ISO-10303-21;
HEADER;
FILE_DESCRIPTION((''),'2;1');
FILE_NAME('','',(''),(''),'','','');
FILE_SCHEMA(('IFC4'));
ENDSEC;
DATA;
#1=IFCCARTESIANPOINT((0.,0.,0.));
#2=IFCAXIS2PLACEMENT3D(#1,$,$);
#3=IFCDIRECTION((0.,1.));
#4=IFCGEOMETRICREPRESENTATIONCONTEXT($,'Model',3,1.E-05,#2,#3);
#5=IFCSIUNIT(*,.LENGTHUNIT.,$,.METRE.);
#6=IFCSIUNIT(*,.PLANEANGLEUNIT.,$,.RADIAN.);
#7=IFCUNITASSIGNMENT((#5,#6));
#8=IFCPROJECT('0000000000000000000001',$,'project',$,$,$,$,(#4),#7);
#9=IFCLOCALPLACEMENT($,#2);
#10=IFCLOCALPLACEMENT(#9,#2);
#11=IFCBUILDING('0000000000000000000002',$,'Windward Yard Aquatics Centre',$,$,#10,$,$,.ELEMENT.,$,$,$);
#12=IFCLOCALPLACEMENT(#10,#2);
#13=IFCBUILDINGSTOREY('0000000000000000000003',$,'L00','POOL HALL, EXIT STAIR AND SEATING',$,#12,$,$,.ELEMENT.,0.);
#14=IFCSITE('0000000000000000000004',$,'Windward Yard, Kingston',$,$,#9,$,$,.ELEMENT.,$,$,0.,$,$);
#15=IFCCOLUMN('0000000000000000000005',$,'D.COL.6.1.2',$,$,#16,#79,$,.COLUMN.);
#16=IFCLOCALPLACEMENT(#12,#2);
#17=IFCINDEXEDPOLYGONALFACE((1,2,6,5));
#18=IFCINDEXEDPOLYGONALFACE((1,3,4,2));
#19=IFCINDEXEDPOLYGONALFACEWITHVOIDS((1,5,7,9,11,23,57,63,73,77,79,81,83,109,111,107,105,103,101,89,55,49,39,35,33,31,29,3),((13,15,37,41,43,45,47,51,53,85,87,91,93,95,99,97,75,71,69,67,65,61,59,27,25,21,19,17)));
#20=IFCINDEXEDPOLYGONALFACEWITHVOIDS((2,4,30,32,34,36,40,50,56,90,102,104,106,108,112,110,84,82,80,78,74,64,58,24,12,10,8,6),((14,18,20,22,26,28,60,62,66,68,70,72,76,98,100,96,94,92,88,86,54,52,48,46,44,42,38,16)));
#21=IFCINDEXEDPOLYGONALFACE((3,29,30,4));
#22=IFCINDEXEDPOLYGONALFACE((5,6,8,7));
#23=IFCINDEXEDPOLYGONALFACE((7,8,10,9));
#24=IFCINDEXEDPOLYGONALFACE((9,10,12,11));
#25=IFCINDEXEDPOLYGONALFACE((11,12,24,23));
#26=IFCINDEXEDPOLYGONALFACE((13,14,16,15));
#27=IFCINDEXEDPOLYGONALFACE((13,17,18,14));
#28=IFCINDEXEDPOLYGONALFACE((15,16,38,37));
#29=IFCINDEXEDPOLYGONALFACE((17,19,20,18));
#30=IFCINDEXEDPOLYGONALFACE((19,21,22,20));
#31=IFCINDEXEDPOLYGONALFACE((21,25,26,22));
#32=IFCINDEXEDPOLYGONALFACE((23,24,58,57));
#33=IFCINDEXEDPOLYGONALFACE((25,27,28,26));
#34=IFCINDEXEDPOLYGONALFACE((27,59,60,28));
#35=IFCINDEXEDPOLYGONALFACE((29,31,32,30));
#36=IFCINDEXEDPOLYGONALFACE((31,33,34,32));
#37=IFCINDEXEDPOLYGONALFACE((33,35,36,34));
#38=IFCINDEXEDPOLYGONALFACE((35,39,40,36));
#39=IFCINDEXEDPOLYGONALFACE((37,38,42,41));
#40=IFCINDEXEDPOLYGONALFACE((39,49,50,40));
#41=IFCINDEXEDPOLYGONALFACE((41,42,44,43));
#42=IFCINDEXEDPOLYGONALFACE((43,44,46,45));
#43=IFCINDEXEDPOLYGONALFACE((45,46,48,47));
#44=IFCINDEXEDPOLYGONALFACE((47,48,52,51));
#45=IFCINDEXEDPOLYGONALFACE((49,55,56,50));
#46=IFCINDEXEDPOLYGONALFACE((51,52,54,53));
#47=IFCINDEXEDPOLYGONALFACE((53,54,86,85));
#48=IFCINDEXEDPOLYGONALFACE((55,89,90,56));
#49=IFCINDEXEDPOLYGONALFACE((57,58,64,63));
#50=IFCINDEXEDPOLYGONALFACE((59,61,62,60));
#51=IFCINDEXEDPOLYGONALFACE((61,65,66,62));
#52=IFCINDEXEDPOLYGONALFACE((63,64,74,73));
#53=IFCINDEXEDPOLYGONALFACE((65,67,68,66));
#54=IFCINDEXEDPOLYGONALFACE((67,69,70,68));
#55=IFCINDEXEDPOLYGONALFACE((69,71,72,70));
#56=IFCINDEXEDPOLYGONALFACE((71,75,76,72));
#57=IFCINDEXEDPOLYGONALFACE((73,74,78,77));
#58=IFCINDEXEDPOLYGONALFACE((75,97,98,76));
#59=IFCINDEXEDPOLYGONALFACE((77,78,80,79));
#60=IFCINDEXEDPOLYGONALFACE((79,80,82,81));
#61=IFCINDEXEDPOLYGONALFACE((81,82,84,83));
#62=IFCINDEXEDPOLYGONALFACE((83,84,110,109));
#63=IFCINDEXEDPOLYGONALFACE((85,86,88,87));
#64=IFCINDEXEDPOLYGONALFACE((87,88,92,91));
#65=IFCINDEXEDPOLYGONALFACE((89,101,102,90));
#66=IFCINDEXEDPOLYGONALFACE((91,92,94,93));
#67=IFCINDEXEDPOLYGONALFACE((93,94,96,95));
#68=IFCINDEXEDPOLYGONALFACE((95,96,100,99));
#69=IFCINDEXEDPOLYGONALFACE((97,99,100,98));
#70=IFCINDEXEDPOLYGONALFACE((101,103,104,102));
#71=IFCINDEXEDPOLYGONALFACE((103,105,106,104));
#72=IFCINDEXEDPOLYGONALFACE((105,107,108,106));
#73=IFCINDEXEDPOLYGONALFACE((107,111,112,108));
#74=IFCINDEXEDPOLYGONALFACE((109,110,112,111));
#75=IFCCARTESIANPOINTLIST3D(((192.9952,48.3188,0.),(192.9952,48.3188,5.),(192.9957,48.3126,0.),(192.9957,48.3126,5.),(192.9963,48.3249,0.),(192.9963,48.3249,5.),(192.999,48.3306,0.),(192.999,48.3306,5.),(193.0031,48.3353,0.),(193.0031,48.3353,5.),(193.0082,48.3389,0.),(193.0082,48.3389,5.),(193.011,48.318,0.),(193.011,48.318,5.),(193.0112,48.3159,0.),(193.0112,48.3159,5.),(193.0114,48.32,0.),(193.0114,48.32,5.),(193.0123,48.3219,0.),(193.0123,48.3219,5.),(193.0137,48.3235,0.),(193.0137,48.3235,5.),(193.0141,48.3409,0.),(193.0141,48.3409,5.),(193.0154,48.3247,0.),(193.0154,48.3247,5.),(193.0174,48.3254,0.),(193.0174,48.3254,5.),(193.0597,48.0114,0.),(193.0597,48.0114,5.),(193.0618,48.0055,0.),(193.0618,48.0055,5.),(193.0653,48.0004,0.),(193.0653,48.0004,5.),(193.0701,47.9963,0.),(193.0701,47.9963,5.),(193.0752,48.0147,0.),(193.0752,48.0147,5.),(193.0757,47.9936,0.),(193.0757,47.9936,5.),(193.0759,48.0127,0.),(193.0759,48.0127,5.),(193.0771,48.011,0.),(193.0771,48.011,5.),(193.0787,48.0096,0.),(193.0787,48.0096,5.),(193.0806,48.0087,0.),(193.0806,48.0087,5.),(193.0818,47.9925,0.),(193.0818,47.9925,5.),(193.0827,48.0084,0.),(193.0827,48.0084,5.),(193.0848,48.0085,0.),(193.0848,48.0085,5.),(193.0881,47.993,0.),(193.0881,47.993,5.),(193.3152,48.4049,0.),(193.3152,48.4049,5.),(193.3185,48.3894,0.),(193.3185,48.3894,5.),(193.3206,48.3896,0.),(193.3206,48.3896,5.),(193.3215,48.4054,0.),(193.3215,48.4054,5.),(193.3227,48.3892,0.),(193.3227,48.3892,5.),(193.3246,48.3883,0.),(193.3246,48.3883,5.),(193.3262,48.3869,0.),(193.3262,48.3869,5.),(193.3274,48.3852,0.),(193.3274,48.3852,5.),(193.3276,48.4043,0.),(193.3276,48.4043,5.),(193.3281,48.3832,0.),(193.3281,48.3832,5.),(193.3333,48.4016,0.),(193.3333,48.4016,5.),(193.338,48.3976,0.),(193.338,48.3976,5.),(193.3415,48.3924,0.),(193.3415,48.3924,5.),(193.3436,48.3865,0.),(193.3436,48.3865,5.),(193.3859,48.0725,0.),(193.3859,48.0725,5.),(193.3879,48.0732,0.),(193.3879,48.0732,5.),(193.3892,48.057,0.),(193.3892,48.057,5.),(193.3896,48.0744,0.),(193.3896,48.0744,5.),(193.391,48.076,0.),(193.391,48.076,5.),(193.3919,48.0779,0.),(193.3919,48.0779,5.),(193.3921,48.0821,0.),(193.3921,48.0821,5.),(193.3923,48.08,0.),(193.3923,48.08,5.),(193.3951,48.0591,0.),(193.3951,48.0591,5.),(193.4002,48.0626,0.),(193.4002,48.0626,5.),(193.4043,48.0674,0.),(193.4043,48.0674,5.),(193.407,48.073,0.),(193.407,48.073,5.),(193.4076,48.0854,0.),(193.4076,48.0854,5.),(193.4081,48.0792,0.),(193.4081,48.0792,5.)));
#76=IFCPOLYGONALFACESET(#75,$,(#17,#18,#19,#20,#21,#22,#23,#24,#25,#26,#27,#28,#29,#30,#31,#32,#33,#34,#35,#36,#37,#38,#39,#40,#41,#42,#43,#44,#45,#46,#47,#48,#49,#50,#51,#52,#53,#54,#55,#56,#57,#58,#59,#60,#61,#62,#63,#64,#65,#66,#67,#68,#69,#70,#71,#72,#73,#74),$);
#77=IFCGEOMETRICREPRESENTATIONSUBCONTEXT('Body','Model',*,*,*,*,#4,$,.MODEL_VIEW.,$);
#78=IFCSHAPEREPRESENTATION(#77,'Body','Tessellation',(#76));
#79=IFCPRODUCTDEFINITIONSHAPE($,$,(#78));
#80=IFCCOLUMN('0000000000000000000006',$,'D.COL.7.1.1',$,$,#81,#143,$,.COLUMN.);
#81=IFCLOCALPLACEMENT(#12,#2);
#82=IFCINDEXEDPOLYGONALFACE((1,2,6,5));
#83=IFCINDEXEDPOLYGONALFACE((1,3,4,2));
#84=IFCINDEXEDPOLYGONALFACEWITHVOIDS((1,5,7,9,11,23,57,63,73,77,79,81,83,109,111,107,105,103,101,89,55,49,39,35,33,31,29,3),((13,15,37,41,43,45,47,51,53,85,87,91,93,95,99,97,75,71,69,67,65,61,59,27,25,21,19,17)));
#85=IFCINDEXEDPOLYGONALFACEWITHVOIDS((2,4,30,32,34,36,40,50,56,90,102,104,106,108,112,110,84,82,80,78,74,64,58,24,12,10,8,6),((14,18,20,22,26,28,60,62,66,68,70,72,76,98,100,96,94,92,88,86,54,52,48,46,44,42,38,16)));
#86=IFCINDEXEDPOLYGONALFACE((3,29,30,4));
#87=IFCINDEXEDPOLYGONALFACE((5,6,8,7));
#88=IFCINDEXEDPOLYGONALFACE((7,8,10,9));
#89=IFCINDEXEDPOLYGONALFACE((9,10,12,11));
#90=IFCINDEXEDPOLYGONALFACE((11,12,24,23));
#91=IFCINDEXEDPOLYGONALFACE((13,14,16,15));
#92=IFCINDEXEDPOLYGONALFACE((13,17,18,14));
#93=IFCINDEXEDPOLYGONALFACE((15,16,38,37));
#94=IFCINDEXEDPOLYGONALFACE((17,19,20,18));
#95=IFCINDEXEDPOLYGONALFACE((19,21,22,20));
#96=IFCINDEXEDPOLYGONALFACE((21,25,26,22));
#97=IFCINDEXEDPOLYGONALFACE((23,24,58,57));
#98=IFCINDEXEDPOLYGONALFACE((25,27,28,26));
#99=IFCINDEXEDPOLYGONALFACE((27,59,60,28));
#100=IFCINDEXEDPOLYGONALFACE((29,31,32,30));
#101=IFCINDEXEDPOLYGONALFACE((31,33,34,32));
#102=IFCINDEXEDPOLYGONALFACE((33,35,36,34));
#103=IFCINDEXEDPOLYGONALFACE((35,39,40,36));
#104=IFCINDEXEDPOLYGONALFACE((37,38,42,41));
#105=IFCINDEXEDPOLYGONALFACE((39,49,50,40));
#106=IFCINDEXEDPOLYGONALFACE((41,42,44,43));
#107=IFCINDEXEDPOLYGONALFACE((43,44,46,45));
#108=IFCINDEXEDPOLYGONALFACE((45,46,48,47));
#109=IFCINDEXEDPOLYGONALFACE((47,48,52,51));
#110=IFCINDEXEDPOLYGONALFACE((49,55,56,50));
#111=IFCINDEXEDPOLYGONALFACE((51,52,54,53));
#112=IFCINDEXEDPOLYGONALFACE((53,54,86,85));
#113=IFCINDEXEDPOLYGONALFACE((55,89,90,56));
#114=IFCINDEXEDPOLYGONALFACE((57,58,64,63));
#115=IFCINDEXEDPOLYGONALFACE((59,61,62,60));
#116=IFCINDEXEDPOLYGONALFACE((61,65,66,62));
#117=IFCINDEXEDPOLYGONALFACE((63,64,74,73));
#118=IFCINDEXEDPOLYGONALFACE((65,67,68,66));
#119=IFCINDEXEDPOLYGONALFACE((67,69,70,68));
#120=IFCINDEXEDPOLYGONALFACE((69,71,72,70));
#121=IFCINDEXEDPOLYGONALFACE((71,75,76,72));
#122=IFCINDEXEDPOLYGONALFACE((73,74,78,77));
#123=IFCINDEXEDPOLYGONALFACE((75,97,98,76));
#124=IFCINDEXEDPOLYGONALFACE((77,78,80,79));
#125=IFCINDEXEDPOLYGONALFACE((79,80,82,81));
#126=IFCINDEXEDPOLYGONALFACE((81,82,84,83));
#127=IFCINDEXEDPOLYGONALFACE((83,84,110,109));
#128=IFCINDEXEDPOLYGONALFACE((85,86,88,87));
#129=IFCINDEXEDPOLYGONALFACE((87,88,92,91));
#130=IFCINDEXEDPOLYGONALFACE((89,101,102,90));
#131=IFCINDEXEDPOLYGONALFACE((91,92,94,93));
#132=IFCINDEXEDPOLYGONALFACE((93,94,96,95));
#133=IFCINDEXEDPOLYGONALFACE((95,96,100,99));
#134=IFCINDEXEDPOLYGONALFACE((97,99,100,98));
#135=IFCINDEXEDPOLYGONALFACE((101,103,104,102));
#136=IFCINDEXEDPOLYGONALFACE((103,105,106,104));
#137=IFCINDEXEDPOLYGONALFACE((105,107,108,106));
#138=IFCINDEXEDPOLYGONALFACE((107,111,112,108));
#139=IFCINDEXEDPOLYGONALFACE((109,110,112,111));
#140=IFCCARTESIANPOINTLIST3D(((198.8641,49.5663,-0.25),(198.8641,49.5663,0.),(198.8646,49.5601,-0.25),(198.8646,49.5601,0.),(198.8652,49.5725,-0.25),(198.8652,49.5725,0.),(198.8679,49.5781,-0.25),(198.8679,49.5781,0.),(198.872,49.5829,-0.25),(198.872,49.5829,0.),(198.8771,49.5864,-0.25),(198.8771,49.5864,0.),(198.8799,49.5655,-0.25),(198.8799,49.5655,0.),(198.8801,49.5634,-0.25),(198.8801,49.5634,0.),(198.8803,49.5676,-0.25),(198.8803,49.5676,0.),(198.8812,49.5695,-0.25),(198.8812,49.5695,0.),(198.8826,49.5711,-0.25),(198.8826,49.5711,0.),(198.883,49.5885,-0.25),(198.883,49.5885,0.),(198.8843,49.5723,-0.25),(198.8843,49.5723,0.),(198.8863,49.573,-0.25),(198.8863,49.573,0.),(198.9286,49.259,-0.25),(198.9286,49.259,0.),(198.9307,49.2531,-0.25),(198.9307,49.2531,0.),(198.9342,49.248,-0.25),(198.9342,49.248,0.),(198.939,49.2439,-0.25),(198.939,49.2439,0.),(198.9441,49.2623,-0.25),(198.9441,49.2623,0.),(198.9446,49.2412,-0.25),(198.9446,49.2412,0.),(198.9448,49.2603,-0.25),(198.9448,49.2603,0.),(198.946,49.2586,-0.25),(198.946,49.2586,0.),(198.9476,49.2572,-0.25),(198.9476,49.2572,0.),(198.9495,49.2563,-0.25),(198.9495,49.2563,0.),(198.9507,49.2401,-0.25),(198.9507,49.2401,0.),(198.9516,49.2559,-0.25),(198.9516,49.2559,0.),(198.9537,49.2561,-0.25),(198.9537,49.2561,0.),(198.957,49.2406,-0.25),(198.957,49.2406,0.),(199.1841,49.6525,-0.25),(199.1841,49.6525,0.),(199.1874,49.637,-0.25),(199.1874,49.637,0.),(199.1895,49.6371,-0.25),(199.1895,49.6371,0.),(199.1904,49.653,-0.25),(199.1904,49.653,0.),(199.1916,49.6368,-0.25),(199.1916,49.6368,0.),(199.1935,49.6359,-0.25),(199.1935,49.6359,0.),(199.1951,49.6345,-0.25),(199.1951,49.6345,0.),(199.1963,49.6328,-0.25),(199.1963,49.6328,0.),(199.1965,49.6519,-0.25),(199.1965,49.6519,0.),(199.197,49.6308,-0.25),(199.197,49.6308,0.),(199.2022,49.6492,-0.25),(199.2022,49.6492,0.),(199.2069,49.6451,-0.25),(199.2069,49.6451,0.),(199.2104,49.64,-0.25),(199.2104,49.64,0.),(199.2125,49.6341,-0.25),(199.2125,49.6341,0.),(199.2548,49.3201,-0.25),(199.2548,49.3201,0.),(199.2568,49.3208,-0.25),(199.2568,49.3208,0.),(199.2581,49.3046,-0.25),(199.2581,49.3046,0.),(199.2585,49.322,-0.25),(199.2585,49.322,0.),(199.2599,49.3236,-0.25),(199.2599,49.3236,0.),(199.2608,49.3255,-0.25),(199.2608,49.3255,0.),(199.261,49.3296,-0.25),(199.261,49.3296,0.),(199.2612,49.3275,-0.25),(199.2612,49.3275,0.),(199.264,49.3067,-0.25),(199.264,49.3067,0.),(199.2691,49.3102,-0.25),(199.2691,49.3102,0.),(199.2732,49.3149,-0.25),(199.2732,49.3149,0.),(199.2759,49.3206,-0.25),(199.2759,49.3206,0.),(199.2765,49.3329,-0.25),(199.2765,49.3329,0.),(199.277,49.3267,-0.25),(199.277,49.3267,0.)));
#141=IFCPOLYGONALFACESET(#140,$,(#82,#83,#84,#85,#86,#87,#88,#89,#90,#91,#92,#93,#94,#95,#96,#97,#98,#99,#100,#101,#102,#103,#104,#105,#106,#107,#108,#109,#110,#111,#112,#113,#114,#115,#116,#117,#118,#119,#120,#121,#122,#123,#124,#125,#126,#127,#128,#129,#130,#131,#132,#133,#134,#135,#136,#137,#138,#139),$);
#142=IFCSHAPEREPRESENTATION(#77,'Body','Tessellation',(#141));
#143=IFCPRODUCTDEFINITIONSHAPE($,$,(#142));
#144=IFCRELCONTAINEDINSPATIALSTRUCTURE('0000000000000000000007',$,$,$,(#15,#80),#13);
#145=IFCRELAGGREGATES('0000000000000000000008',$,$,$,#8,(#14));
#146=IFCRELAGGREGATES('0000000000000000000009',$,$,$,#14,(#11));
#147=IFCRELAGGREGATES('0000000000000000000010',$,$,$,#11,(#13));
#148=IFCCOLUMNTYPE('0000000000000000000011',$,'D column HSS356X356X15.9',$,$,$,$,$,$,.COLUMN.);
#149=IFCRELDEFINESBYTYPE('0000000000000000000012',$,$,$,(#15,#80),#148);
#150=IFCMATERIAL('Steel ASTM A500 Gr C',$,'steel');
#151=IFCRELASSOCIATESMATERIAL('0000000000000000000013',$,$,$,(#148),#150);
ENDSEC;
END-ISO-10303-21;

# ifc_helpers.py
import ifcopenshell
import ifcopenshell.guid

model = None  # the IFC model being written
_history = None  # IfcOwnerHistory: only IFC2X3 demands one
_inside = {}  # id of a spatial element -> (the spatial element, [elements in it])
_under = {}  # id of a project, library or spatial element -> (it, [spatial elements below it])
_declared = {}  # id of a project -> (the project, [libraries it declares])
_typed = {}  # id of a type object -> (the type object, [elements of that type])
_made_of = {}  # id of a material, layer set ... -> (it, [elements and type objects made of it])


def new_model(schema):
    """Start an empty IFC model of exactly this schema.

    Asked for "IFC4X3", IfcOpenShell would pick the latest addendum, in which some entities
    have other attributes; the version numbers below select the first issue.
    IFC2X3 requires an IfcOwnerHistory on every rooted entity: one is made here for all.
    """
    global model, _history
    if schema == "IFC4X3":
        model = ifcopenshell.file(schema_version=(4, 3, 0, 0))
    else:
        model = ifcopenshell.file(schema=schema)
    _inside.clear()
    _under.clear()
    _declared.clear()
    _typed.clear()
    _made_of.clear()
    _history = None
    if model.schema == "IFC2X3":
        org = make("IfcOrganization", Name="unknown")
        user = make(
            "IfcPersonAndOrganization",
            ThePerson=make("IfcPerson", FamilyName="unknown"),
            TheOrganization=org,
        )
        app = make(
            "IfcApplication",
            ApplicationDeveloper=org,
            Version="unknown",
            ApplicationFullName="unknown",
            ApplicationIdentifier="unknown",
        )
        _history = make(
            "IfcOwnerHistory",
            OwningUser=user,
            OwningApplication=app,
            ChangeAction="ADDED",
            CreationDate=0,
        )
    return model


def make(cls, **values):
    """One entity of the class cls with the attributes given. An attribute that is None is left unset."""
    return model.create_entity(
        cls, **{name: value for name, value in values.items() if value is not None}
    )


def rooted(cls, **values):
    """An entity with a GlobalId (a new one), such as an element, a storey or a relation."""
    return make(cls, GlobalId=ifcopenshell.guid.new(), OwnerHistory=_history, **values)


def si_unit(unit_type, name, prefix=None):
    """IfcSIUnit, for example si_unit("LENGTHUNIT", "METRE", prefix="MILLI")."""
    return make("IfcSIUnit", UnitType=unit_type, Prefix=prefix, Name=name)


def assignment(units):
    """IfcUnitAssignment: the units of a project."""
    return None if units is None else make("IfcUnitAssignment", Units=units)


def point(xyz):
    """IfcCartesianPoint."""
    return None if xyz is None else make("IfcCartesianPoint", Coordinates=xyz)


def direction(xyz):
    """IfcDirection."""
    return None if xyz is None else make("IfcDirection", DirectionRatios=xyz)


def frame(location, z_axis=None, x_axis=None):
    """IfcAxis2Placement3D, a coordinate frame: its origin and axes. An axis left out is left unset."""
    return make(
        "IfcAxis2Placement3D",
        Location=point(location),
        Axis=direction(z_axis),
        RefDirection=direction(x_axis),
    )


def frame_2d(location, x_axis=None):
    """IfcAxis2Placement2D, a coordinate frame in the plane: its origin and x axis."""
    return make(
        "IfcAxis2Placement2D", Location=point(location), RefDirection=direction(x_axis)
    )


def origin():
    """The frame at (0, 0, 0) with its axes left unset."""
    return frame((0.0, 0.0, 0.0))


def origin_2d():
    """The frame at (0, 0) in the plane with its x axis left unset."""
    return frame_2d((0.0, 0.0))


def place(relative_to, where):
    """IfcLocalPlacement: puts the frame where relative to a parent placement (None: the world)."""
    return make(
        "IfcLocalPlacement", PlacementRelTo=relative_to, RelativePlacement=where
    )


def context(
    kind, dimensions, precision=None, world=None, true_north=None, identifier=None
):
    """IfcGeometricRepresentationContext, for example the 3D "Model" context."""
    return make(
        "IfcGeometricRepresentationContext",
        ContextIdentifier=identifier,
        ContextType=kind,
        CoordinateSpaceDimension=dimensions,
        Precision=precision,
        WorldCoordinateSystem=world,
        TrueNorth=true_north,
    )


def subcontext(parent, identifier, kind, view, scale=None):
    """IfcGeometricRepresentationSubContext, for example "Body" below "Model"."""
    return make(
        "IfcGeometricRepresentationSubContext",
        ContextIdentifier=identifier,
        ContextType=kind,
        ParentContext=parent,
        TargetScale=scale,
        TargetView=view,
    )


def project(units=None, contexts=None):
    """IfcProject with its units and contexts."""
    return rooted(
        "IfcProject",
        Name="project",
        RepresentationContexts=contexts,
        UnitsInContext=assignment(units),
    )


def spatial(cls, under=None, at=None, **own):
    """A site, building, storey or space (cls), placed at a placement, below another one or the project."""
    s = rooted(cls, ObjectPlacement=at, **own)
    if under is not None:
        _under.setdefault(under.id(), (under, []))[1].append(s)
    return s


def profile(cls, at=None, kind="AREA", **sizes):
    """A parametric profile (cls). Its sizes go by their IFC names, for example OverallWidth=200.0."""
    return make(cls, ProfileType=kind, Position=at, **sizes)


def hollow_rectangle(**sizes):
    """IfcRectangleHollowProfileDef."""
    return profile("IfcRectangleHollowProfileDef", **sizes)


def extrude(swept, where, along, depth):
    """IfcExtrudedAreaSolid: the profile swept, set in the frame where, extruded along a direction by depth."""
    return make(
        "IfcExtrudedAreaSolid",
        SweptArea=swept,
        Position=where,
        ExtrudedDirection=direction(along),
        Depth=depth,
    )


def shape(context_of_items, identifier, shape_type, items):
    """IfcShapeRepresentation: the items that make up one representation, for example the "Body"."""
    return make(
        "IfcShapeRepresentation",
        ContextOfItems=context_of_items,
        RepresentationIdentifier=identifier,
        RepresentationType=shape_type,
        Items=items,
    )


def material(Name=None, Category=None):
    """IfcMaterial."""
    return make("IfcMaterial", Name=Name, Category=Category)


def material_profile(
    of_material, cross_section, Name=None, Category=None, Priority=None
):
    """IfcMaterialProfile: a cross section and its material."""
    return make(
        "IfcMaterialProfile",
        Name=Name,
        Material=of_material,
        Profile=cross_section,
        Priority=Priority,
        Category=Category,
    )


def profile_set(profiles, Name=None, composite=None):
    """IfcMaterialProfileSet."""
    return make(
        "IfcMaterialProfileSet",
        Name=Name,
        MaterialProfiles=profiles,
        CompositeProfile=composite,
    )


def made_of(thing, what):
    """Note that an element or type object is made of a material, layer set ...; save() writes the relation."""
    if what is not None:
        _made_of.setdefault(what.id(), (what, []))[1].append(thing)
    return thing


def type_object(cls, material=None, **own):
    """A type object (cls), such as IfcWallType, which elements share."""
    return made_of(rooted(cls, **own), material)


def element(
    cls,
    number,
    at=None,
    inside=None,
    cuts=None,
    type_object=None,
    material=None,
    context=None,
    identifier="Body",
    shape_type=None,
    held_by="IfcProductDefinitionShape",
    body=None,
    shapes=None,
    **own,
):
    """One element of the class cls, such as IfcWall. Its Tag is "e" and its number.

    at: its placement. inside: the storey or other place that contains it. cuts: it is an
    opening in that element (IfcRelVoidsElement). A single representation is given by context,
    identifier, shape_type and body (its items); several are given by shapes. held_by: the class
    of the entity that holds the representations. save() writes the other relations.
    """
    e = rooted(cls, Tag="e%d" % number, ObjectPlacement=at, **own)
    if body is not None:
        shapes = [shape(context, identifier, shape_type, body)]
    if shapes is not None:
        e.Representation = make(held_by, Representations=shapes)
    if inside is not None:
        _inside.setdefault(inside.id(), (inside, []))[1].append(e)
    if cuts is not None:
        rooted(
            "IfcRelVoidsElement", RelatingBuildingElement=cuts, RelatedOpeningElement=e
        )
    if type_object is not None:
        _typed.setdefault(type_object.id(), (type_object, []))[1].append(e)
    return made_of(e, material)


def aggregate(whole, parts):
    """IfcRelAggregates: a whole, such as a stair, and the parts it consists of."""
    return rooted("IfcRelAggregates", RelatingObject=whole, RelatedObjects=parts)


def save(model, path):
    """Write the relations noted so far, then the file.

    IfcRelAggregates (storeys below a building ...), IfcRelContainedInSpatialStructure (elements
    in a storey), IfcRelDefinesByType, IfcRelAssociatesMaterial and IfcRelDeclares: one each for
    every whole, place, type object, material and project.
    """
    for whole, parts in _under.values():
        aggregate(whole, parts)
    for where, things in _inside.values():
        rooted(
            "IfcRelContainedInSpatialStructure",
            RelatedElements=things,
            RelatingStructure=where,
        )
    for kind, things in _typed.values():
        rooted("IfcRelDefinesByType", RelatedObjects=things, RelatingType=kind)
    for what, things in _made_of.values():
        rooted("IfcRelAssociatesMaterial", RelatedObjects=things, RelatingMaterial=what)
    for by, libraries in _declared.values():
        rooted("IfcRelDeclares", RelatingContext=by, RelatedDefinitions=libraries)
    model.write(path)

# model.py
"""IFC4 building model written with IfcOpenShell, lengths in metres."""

from ifc_helpers import new_model, si_unit, direction, frame, origin, origin_2d, place, context, subcontext, project, spatial, hollow_rectangle, extrude, material, material_profile, profile_set, type_object, element, save


model = new_model("IFC4")

# Units and contexts
model_context = context("Model", 3, precision=1e-05, world=origin(), true_north=direction((0.0, 1.0)))
body_context = subcontext(model_context, "Body", "Model", "MODEL_VIEW")
ifc_project = project(units=[si_unit("LENGTHUNIT", "METRE"), si_unit("PLANEANGLEUNIT", "RADIAN")], contexts=[model_context])

# Site, building, storey
site_placement = place(None, origin())
site = spatial("IfcSite", under=ifc_project, at=site_placement, Name="Windward Yard, Kingston", CompositionType="ELEMENT", RefElevation=0.0)
building_placement = place(site_placement, origin())
building = spatial("IfcBuilding", under=site, at=building_placement, Name="Windward Yard Aquatics Centre", CompositionType="ELEMENT")
storey_placement = place(building_placement, origin())
storey = spatial("IfcBuildingStorey", under=building, at=storey_placement, Name="L00", Description="POOL HALL, EXIT STAIR AND SEATING", CompositionType="ELEMENT", Elevation=0.0)

# Columns
ifc_material_1 = material(Name="Steel ASTM A500 Gr C", Category="steel")
ifc_material_profile_1 = material_profile(ifc_material_1, hollow_rectangle(XDim=0.3557, YDim=0.3557, WallThickness=0.0159, InnerFilletRadius=0.0081, OuterFilletRadius=0.0239, at=origin_2d()), Name="HSS356X356X15.9")
ifc_profile_set_1 = profile_set([ifc_material_profile_1], Name="Steel ASTM A500 Gr C")
column_type_1 = type_object("IfcColumnType", Name="D column HSS356X356X15.9", PredefinedType="COLUMN", material=ifc_profile_set_1)
column_1_placement = place(storey_placement, frame((193.2017, 48.199, 0.0), z_axis=(0.0, 0.0, 1.0), x_axis=(0.978148, 0.207912, 0.0)))
element("IfcColumn", 1, at=column_1_placement, inside=storey, type_object=column_type_1, Name="D.COL.6.1.2", PredefinedType="COLUMN", context=body_context, shape_type="SweptSolid", body=[
    extrude(hollow_rectangle(XDim=0.3557, YDim=0.3557, WallThickness=0.0159, InnerFilletRadius=0.0081, OuterFilletRadius=0.0239, at=origin_2d()), origin(), (0.0, 0.0, 1.0), 5.0),
])
column_2_placement = place(storey_placement, frame((199.0706, 49.4465, -0.25), z_axis=(0.0, 0.0, 1.0), x_axis=(0.978148, 0.207912, 0.0)))
element("IfcColumn", 2, at=column_2_placement, inside=storey, type_object=column_type_1, Name="D.COL.7.1.1", PredefinedType="COLUMN", context=body_context, shape_type="SweptSolid", body=[
    extrude(hollow_rectangle(XDim=0.3557, YDim=0.3557, WallThickness=0.0159, InnerFilletRadius=0.0081, OuterFilletRadius=0.0239, at=origin_2d()), origin(), (0.0, 0.0, 1.0), 0.25),
])

save(model, "model.ifc")
